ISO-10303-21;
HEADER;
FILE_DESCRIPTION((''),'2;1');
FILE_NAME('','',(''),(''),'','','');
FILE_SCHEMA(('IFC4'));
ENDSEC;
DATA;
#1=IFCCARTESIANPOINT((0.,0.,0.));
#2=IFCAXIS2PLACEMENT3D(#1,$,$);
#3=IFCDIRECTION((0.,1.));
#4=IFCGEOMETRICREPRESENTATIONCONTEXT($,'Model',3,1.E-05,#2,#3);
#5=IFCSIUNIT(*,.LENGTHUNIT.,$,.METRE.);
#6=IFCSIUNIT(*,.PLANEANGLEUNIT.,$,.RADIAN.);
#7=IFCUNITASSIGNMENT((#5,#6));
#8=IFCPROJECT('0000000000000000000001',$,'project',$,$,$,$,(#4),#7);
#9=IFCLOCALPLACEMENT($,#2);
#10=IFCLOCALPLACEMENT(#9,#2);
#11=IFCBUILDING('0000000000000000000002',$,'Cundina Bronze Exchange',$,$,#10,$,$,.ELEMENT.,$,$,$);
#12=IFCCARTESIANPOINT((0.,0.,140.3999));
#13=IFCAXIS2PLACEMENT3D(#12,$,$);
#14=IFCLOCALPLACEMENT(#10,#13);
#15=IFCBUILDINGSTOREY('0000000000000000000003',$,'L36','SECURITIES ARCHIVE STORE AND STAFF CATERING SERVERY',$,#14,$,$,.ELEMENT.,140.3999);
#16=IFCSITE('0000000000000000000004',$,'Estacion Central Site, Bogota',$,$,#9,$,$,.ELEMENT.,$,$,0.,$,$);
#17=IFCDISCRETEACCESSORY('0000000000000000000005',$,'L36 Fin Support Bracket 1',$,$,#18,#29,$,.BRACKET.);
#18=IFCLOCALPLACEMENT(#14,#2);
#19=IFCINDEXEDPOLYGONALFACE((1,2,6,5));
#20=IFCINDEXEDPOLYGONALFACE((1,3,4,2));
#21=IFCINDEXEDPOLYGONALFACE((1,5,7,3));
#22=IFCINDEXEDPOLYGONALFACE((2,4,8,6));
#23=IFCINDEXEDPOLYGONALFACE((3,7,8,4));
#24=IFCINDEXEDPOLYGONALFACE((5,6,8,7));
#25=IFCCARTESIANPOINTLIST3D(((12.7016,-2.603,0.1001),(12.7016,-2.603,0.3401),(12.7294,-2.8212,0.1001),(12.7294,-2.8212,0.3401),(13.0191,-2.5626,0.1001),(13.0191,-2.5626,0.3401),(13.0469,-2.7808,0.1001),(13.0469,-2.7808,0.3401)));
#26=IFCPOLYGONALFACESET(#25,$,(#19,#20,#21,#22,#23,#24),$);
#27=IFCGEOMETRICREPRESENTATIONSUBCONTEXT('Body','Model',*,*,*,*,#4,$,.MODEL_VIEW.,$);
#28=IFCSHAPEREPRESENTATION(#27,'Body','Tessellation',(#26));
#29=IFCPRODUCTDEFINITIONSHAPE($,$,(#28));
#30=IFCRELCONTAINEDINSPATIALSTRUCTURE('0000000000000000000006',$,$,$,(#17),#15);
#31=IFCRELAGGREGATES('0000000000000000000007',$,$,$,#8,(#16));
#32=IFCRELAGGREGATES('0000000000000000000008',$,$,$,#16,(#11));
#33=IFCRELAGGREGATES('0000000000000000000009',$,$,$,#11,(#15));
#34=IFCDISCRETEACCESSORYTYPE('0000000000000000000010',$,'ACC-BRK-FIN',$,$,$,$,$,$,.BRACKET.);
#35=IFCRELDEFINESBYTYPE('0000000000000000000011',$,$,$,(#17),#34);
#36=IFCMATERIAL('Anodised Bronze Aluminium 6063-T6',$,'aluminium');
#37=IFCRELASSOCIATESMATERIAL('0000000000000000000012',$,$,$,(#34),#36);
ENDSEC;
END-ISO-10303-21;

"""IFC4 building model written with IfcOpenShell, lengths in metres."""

from ifc_helpers import new_model, si_unit, direction, frame, origin, origin_2d, place, context, subcontext, project, spatial, rectangle, extrude, material, type_object, element, save


model = new_model("IFC4")

# Units and contexts
model_context = context("Model", 3, precision=1e-05, world=origin(), true_north=direction((0.0, 1.0)))
body_context = subcontext(model_context, "Body", "Model", "MODEL_VIEW")
ifc_project = project(units=[si_unit("LENGTHUNIT", "METRE"), si_unit("PLANEANGLEUNIT", "RADIAN")], contexts=[model_context])

# Site, building, storey
site_placement = place(None, origin())
site = spatial("IfcSite", under=ifc_project, at=site_placement, Name="Estacion Central Site, Bogota", CompositionType="ELEMENT", RefElevation=0.0)
building_placement = place(site_placement, origin())
building = spatial("IfcBuilding", under=site, at=building_placement, Name="Cundina Bronze Exchange", CompositionType="ELEMENT")
storey_placement = place(building_placement, frame((0.0, 0.0, 140.3999)))
storey = spatial("IfcBuildingStorey", under=building, at=storey_placement, Name="L36", Description="SECURITIES ARCHIVE STORE AND STAFF CATERING SERVERY", CompositionType="ELEMENT", Elevation=140.3999)

# Shared definitions
ifc_material_1 = material(Name="Anodised Bronze Aluminium 6063-T6", Category="aluminium")

# Discrete accessory
discrete_accessory_type = type_object("IfcDiscreteAccessoryType", Name="ACC-BRK-FIN", PredefinedType="BRACKET", material=ifc_material_1)
discrete_accessory_placement = place(storey_placement, frame((12.8743, -2.6919, 0.1001), z_axis=(0.0, 0.0, 1.0), x_axis=(0.126476, -0.99197, 0.0)))
element("IfcDiscreteAccessory", 1, at=discrete_accessory_placement, inside=storey, type_object=discrete_accessory_type, Name="L36 Fin Support Bracket 1", PredefinedType="BRACKET", context=body_context, shape_type="SweptSolid", body=[
    extrude(rectangle(XDim=0.22, YDim=0.3201, at=origin_2d()), origin(), (0.0, 0.0, 1.0), 0.24),
])

save(model, "model.ifc")
